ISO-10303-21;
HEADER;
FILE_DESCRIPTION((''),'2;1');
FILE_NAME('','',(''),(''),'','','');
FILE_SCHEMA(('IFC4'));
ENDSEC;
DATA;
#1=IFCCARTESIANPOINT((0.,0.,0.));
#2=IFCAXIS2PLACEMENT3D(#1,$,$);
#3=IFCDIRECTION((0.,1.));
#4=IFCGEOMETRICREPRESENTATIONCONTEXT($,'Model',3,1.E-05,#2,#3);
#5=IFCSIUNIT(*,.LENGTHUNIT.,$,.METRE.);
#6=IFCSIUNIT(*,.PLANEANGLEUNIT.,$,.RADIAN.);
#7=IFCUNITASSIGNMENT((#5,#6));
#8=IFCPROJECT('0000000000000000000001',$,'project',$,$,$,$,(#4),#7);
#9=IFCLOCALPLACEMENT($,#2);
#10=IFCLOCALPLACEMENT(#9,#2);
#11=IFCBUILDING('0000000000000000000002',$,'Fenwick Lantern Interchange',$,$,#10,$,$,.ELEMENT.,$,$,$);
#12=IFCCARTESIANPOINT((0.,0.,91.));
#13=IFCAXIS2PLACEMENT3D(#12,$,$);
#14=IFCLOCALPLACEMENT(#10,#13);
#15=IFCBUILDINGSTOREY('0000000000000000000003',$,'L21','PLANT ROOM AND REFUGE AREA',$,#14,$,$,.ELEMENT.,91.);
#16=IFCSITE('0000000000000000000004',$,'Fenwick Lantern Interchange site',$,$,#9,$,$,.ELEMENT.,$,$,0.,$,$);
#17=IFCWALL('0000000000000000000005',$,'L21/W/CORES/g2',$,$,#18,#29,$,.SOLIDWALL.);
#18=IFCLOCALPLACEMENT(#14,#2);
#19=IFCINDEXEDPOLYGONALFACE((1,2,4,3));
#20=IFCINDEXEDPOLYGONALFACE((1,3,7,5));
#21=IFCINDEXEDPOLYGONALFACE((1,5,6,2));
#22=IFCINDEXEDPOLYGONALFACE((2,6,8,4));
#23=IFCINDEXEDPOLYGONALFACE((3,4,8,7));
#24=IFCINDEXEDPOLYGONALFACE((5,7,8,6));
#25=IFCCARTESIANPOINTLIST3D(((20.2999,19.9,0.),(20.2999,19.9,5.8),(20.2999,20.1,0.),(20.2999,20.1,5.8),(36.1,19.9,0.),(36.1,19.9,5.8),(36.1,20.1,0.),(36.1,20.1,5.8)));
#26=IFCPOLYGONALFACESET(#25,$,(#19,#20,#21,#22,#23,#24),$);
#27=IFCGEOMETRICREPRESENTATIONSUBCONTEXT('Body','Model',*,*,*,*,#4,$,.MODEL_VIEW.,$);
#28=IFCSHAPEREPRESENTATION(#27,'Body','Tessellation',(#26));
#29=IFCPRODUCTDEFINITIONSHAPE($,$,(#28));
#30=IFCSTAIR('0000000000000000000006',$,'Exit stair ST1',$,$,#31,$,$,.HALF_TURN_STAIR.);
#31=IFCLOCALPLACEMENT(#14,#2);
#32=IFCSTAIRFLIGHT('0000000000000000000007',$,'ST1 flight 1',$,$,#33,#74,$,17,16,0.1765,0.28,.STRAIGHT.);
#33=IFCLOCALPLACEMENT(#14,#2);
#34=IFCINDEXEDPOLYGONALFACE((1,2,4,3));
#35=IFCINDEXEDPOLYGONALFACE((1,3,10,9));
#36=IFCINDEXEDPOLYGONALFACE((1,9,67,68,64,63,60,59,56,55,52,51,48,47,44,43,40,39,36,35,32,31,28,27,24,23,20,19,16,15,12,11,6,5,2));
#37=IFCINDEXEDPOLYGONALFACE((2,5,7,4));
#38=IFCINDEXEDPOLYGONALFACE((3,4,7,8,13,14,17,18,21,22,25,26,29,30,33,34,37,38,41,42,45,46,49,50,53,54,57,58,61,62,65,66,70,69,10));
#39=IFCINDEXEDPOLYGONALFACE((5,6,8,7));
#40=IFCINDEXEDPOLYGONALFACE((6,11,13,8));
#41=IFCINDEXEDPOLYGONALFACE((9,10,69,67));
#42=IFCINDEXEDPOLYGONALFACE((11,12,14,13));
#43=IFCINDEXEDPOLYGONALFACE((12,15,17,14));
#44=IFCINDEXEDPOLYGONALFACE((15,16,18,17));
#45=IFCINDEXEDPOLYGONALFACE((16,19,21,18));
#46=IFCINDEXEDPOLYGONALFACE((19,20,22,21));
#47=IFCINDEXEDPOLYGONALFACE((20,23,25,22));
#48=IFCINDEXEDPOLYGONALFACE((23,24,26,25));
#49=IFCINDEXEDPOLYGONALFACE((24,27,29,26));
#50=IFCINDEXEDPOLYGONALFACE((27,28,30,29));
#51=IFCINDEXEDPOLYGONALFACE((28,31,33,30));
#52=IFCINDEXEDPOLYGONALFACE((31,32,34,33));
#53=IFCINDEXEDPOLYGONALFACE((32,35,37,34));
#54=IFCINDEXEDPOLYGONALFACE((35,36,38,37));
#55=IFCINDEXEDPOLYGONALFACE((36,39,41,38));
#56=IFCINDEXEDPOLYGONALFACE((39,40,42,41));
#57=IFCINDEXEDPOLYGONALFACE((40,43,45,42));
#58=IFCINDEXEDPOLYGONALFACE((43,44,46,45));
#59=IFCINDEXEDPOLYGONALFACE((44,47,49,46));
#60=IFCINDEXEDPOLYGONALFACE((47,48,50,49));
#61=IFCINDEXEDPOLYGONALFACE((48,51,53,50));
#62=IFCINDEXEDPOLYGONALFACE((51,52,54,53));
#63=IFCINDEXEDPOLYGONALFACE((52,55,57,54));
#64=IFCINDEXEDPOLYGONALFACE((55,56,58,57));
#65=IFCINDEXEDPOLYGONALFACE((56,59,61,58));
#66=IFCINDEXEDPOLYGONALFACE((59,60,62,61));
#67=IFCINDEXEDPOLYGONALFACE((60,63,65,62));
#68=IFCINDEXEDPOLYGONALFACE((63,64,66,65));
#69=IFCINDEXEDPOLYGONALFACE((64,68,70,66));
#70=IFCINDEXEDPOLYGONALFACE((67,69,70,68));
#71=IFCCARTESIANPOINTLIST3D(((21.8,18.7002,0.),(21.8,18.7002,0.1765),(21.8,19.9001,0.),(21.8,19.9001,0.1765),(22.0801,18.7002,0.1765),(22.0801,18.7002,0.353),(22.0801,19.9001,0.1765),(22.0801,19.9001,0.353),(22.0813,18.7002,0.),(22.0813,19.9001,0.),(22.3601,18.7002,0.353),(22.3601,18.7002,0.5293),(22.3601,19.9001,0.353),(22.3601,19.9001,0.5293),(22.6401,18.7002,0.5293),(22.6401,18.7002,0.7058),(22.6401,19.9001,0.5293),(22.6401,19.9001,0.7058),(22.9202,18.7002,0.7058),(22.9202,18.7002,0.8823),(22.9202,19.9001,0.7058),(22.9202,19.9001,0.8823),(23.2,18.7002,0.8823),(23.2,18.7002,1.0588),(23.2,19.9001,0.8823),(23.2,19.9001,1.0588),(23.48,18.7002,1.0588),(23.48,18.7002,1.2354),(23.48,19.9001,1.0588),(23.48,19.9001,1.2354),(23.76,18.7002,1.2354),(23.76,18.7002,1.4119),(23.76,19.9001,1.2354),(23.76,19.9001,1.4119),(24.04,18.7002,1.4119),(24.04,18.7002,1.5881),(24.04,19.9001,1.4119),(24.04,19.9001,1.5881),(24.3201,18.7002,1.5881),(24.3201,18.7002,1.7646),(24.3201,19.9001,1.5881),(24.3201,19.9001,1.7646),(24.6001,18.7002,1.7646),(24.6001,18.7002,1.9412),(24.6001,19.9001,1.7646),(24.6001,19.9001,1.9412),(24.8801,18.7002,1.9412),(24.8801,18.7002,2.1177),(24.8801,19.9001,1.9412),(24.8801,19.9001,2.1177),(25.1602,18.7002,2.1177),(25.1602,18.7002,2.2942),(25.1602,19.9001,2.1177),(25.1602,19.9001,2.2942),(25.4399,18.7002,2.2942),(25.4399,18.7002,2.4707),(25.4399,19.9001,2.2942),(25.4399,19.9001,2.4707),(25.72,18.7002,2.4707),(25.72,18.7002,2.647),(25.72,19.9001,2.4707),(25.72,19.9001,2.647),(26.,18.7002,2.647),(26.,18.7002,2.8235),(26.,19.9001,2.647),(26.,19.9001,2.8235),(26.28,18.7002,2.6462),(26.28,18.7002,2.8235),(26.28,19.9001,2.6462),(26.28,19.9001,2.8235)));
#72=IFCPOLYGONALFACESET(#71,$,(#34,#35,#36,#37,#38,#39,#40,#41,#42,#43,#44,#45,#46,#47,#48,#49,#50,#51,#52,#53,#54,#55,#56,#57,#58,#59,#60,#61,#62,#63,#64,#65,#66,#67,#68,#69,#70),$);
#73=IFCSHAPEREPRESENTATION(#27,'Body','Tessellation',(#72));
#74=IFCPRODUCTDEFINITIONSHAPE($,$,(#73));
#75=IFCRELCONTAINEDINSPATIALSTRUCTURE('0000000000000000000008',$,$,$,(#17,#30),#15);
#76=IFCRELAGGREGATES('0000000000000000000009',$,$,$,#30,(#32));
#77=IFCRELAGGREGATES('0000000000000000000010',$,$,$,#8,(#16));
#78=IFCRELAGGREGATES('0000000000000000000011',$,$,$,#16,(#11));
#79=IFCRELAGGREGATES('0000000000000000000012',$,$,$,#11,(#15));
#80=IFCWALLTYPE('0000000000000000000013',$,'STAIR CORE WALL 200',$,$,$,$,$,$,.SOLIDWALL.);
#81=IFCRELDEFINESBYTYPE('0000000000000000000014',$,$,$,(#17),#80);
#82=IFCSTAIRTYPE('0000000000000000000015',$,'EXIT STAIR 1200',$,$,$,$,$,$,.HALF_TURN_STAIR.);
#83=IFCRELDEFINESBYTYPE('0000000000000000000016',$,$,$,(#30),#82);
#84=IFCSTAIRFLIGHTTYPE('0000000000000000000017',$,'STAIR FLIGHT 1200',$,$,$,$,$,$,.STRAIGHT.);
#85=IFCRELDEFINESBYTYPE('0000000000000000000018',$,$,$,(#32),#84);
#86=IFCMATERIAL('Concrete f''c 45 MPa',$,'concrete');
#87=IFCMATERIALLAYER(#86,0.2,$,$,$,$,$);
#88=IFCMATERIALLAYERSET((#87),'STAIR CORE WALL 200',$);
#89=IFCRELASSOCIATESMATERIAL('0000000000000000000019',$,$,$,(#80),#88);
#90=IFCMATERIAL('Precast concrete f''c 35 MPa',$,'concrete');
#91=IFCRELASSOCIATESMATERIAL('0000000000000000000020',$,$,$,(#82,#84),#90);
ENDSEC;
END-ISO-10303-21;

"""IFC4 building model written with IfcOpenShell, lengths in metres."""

from ifc_helpers import new_model, si_unit, direction, frame, frame_2d, origin, place, context, subcontext, project, spatial, polyline, rectangle, outline, extrude, material, layer, layer_set, type_object, element, aggregate, save


model = new_model("IFC4")

# Units and contexts
model_context = context("Model", 3, precision=1e-05, world=origin(), true_north=direction((0.0, 1.0)))
body_context = subcontext(model_context, "Body", "Model", "MODEL_VIEW")
ifc_project = project(units=[si_unit("LENGTHUNIT", "METRE"), si_unit("PLANEANGLEUNIT", "RADIAN")], contexts=[model_context])

# Site, building, storey
site_placement = place(None, origin())
site = spatial("IfcSite", under=ifc_project, at=site_placement, Name="Fenwick Lantern Interchange site", CompositionType="ELEMENT", RefElevation=0.0)
building_placement = place(site_placement, origin())
building = spatial("IfcBuilding", under=site, at=building_placement, Name="Fenwick Lantern Interchange", CompositionType="ELEMENT")
storey_placement = place(building_placement, frame((0.0, 0.0, 91.0)))
storey = spatial("IfcBuildingStorey", under=building, at=storey_placement, Name="L21", Description="PLANT ROOM AND REFUGE AREA", CompositionType="ELEMENT", Elevation=91.0)

# Shared definitions
ifc_material_1 = material(Name="Concrete f'c 45 MPa", Category="concrete")
ifc_layer_1 = layer(ifc_material_1, 0.2)
ifc_layer_set_1 = layer_set([ifc_layer_1], Name="STAIR CORE WALL 200")
wall_type_1 = type_object("IfcWallType", Name="STAIR CORE WALL 200", PredefinedType="SOLIDWALL", material=ifc_layer_set_1)

# Wall
wall_1_placement = place(storey_placement, frame((20.3, 20.0, 0.0), z_axis=(0.0, 0.0, 1.0), x_axis=(1.0, 0.0, 0.0)))
element("IfcWall", 1, at=wall_1_placement, inside=storey, type_object=wall_type_1, Name="L21/W/CORES/g2", PredefinedType="SOLIDWALL", context=body_context, shape_type="SweptSolid", body=[
    extrude(rectangle(XDim=15.8, YDim=0.2, at=frame_2d((7.8999, 0.0))), origin(), (0.0, 0.0, 1.0), 5.8),
])

# Stair, stair flight
ifc_material_2 = material(Name="Precast concrete f'c 35 MPa", Category="concrete")
stair_type = type_object("IfcStairType", Name="EXIT STAIR 1200", PredefinedType="HALF_TURN_STAIR", material=ifc_material_2)
stair_placement = place(storey_placement, origin())
stair = element("IfcStair", 2, at=stair_placement, inside=storey, type_object=stair_type, Name="Exit stair ST1", PredefinedType="HALF_TURN_STAIR")
stair_flight_type = type_object("IfcStairFlightType", Name="STAIR FLIGHT 1200", PredefinedType="STRAIGHT", material=ifc_material_2)
stair_flight_placement = place(storey_placement, frame((21.8, 19.3, 0.0), z_axis=(0.0, 0.0, 1.0), x_axis=(1.0, 0.0, 0.0)))
stair_flight = element("IfcStairFlight", 3, at=stair_flight_placement, type_object=stair_flight_type, Name="ST1 flight 1", NumberOfRisers=17, NumberOfTreads=16, PredefinedType="STRAIGHT", RiserHeight=0.1765, TreadLength=0.28, context=body_context, shape_type="SweptSolid", body=[
    extrude(outline(polyline([(0.0, 0.0), (0.0, 0.1765), (0.28, 0.1765), (0.28, 0.353), (0.5601, 0.353), (0.5601, 0.5293), (0.8401, 0.5293), (0.8401, 0.7058), (1.1201, 0.7058), (1.1201, 0.8823), (1.3999, 0.8823), (1.3999, 1.0588), (1.6799, 1.0588), (1.6799, 1.2354), (1.96, 1.2354), (1.96, 1.4119), (2.24, 1.4119), (2.24, 1.5881), (2.52, 1.5881), (2.52, 1.7646), (2.8, 1.7646), (2.8, 1.9412), (3.0801, 1.9412), (3.0801, 2.1177), (3.3601, 2.1177), (3.3601, 2.2942), (3.6399, 2.2942), (3.6399, 2.4707), (3.9199, 2.4707), (3.9199, 2.647), (4.2, 2.647), (4.2, 2.8235), (4.48, 2.8235), (4.48, 3.0), (4.48, 2.6462), (0.2812, 0.0), (0.0, 0.0)])), frame((0.0, 0.6001, 0.0), z_axis=(0.0, -1.0, 0.0), x_axis=(1.0, 0.0, 0.0)), (0.0, 0.0, 1.0), 1.2),
])
aggregate(stair, [stair_flight])

save(model, "model.ifc")
